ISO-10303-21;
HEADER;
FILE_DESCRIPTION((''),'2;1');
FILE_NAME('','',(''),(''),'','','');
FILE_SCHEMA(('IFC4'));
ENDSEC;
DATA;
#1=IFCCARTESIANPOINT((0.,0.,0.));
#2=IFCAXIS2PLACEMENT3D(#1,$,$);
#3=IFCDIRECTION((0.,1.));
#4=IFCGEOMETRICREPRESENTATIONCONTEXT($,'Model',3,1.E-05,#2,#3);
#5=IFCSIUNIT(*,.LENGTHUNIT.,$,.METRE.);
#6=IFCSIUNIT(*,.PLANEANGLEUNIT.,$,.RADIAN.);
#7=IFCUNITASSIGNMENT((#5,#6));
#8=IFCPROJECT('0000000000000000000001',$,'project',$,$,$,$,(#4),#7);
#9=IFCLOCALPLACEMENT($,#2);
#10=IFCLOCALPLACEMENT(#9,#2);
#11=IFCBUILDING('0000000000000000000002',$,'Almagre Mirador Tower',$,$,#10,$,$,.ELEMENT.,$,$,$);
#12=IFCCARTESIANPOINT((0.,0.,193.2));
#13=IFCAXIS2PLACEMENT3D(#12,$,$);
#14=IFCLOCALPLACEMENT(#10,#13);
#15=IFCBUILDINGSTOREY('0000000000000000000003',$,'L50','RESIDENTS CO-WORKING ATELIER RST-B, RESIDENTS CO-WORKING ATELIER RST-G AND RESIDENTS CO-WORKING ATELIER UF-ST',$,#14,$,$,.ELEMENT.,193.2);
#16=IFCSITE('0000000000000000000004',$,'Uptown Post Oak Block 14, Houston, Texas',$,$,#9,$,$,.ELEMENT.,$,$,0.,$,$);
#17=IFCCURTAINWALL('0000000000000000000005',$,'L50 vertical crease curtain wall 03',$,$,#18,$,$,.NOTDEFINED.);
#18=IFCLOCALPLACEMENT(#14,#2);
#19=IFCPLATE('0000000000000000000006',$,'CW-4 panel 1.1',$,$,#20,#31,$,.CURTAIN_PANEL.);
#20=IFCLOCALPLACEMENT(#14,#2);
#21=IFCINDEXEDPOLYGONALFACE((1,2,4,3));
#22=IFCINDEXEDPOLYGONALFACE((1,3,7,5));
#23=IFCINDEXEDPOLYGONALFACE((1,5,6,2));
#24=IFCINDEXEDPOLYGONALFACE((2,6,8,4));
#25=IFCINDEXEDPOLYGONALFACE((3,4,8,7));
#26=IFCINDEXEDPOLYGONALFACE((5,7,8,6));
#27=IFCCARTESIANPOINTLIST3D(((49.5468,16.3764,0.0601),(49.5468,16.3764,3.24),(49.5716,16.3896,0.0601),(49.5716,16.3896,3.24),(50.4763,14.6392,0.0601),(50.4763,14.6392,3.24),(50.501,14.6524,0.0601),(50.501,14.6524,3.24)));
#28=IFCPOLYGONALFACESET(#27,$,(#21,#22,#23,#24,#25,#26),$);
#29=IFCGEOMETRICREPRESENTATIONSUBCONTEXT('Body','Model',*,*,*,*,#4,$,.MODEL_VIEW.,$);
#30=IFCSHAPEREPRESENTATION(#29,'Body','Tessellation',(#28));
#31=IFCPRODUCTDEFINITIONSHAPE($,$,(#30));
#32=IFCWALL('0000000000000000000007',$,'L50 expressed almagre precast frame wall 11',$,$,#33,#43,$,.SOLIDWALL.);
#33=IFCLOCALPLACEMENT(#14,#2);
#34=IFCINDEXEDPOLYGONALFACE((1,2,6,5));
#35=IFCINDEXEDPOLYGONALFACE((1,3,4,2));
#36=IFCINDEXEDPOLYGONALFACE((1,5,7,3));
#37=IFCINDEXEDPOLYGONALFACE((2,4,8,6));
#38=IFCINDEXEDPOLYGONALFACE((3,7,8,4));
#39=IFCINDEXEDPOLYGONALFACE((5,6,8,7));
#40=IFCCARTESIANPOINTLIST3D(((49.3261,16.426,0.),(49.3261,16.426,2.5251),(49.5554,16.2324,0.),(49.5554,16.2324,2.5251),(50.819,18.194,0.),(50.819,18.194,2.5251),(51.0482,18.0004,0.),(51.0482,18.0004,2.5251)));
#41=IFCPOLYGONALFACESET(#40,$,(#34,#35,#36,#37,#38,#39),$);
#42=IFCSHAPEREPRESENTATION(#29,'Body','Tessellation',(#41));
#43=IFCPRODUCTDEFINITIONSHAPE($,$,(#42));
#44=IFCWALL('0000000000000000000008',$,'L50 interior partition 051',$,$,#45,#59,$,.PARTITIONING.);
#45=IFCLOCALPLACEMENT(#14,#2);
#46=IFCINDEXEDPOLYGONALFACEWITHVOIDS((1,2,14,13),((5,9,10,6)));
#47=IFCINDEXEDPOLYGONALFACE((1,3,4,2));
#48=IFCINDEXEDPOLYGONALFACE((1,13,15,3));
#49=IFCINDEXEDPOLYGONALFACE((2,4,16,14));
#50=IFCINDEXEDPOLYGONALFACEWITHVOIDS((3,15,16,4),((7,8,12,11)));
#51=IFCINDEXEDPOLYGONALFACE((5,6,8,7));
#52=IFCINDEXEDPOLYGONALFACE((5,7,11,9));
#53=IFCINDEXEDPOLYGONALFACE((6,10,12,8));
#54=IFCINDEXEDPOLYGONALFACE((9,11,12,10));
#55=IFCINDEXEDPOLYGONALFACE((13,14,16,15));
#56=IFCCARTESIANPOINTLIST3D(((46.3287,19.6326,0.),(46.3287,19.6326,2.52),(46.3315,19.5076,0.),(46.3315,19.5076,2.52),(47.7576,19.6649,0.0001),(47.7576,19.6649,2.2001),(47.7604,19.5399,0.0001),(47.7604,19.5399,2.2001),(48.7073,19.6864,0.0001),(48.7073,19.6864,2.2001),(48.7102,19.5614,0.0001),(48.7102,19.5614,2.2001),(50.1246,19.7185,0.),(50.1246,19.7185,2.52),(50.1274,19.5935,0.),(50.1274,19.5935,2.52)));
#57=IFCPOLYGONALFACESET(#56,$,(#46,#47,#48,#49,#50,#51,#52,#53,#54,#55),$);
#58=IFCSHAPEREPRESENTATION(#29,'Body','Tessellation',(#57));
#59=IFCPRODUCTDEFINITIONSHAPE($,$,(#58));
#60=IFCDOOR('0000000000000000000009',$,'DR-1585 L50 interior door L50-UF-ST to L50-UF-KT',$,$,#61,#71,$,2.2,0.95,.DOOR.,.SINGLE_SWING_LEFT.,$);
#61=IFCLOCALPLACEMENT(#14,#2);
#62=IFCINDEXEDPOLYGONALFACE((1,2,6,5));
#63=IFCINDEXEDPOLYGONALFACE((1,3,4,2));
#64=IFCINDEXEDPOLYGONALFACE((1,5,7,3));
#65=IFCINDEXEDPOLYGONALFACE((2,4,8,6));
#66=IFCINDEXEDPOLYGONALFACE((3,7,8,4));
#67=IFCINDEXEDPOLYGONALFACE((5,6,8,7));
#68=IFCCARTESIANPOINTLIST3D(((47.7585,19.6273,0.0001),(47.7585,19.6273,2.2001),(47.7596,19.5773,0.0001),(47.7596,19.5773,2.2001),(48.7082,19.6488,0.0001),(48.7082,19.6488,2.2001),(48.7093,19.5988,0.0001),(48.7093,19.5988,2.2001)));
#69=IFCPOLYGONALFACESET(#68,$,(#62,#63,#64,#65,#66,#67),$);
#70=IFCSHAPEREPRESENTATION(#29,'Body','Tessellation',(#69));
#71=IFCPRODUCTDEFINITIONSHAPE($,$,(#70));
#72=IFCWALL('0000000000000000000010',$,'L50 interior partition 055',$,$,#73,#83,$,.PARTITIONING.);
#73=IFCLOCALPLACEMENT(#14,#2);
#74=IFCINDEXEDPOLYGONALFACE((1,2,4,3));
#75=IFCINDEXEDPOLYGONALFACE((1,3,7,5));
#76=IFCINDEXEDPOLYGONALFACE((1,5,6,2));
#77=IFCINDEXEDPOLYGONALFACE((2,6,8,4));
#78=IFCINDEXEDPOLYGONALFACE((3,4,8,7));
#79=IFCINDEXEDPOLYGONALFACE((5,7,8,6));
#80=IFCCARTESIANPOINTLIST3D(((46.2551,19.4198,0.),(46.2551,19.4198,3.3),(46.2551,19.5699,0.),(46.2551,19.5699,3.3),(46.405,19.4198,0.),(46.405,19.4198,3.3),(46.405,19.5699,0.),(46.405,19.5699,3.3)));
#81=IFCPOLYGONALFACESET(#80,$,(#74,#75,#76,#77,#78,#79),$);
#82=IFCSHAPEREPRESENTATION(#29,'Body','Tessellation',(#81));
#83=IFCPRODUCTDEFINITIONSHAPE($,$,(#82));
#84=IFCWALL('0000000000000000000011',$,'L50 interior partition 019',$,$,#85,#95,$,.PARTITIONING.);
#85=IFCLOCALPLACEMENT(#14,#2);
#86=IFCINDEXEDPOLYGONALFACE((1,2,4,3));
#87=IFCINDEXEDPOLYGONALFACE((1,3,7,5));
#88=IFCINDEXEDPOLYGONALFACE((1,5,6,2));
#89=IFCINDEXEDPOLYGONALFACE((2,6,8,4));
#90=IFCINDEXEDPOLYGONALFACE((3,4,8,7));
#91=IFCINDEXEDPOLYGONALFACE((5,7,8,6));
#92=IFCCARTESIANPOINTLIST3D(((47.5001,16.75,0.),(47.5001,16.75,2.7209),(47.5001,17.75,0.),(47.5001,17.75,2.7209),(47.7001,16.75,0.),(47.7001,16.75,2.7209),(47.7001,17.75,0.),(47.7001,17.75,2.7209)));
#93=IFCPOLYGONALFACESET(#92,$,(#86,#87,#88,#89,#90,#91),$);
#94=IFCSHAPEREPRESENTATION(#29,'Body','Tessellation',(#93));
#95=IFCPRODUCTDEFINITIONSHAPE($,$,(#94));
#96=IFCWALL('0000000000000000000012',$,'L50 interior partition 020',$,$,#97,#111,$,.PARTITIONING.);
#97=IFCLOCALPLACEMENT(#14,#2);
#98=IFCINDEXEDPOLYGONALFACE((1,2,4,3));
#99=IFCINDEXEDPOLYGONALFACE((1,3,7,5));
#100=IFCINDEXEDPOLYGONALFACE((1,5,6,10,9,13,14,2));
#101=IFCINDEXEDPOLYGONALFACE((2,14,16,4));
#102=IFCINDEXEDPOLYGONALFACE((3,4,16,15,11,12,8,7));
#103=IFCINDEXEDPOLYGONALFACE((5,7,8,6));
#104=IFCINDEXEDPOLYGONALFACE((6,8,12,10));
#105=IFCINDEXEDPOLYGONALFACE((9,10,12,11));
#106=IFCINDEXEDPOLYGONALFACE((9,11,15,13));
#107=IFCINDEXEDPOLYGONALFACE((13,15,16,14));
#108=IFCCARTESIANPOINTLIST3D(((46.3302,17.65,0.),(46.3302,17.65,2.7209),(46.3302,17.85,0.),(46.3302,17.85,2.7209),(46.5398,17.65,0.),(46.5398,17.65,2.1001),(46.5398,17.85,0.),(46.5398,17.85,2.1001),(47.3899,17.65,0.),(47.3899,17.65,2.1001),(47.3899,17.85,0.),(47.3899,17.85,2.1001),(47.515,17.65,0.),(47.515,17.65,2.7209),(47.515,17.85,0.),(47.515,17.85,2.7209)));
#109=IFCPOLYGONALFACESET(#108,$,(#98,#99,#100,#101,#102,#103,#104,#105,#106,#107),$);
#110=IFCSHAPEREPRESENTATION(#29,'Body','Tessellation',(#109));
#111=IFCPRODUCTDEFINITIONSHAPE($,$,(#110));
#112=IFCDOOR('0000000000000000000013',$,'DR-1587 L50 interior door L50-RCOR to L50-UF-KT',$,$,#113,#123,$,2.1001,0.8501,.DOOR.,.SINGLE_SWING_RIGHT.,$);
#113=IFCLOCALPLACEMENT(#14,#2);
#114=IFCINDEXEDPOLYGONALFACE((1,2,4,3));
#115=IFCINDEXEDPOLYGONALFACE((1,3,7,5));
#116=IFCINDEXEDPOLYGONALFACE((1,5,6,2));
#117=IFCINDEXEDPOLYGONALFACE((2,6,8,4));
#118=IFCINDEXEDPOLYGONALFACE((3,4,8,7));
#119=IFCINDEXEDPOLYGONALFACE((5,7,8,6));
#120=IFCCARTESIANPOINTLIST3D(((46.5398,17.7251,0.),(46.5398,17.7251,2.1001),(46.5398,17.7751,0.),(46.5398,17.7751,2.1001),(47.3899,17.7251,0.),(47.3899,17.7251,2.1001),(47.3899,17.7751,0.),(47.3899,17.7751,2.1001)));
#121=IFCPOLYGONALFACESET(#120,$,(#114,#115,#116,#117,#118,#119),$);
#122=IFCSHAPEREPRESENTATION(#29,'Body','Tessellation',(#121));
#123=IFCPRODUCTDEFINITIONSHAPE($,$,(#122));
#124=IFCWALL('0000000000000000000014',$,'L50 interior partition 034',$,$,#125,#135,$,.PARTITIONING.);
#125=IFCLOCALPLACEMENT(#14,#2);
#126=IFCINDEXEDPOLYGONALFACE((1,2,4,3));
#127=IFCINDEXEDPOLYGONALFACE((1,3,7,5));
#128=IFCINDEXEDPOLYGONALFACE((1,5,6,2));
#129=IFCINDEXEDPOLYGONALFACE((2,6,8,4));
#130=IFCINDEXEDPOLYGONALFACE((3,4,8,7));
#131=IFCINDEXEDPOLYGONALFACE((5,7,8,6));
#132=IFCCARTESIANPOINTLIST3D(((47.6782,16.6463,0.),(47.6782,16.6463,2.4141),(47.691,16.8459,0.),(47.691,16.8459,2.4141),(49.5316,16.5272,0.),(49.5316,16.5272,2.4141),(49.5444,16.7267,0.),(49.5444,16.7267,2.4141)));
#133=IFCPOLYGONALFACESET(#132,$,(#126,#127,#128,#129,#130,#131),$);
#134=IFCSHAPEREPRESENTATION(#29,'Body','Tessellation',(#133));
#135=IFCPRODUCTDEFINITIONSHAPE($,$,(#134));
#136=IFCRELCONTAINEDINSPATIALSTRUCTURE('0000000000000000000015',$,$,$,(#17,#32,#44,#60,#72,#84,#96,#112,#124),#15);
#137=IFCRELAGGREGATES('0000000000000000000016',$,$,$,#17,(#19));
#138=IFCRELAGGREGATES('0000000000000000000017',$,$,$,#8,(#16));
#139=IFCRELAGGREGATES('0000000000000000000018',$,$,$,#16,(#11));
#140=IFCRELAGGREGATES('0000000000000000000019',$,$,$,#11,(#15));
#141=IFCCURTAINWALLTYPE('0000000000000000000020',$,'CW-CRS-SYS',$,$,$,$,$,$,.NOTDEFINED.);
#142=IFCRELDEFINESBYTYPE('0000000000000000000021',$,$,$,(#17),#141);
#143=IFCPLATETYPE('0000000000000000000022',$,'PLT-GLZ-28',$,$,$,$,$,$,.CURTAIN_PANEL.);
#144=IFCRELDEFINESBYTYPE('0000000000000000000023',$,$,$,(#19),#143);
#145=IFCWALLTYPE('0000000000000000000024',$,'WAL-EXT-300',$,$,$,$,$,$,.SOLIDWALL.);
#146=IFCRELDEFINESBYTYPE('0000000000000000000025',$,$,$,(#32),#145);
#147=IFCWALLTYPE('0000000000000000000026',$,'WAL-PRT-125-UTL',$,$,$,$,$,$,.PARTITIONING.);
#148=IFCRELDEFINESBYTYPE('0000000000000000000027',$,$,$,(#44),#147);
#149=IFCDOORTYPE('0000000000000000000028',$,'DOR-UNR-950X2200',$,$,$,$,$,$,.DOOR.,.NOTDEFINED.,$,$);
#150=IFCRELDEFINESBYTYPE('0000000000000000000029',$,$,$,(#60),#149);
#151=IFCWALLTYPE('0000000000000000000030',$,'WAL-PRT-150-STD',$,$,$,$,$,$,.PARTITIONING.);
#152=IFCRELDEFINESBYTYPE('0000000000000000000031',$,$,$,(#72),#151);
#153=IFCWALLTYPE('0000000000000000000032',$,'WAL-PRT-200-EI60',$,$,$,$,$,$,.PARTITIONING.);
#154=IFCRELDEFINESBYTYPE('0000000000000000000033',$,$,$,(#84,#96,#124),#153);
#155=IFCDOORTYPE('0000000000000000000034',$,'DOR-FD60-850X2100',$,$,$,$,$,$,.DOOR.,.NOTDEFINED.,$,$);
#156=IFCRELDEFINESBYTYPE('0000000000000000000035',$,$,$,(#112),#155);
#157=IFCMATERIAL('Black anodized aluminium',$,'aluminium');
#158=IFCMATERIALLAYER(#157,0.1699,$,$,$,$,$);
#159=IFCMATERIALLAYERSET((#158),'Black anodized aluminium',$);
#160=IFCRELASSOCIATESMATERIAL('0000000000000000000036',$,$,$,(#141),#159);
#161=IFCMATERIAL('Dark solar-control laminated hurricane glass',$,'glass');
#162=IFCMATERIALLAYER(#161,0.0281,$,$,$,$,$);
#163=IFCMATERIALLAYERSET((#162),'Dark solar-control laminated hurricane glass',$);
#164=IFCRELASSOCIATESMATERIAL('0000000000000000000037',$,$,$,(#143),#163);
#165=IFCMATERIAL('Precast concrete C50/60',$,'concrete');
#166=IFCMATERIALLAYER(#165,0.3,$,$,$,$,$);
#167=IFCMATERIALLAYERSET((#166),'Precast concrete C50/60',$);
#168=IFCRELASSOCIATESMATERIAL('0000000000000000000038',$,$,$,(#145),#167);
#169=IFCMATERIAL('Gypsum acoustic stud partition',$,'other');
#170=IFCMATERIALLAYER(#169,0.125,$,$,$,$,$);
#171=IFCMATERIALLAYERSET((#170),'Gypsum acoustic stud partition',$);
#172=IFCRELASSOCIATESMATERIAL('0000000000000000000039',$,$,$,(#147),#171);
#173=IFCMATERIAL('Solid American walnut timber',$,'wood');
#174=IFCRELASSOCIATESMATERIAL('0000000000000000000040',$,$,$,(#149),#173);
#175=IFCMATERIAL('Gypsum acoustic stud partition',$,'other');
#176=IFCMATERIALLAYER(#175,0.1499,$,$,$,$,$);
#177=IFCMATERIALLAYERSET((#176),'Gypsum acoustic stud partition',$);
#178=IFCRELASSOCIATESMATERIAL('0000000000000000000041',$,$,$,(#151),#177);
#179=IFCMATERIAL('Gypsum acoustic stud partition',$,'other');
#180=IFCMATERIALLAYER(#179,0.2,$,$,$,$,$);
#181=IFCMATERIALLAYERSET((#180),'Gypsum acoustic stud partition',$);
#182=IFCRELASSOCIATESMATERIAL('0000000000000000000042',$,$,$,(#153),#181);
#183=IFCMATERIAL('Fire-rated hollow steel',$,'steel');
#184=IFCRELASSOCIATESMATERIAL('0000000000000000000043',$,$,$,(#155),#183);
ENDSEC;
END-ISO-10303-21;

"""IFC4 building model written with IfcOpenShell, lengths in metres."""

from ifc_helpers import new_model, si_unit, direction, frame, frame_2d, origin, origin_2d, place, context, subcontext, project, spatial, rectangle, extrude, material, layer, layer_set, type_object, element, fill, aggregate, save


model = new_model("IFC4")

# Units and contexts
model_context = context("Model", 3, precision=1e-05, world=origin(), true_north=direction((0.0, 1.0)))
body_context = subcontext(model_context, "Body", "Model", "MODEL_VIEW")
ifc_project = project(units=[si_unit("LENGTHUNIT", "METRE"), si_unit("PLANEANGLEUNIT", "RADIAN")], contexts=[model_context])

# Site, building, storey
site_placement = place(None, origin())
site = spatial("IfcSite", under=ifc_project, at=site_placement, Name="Uptown Post Oak Block 14, Houston, Texas", CompositionType="ELEMENT", RefElevation=0.0)
building_placement = place(site_placement, origin())
building = spatial("IfcBuilding", under=site, at=building_placement, Name="Almagre Mirador Tower", CompositionType="ELEMENT")
storey_placement = place(building_placement, frame((0.0, 0.0, 193.2)))
storey = spatial("IfcBuildingStorey", under=building, at=storey_placement, Name="L50", Description="RESIDENTS CO-WORKING ATELIER RST-B, RESIDENTS CO-WORKING ATELIER RST-G AND RESIDENTS CO-WORKING ATELIER UF-ST", CompositionType="ELEMENT", Elevation=193.2)

# Curtain wall, plate
ifc_material_1 = material(Name="Black anodized aluminium", Category="aluminium")
ifc_layer_1 = layer(ifc_material_1, 0.1699)
ifc_layer_set_1 = layer_set([ifc_layer_1], Name="Black anodized aluminium")
curtain_wall_type = type_object("IfcCurtainWallType", Name="CW-CRS-SYS", PredefinedType="NOTDEFINED", material=ifc_layer_set_1)
curtain_wall_placement = place(storey_placement, origin())
curtain_wall = element("IfcCurtainWall", 1, at=curtain_wall_placement, inside=storey, type_object=curtain_wall_type, Name="L50 vertical crease curtain wall 03", PredefinedType="NOTDEFINED")
ifc_material_2 = material(Name="Dark solar-control laminated hurricane glass", Category="glass")
ifc_layer_2 = layer(ifc_material_2, 0.0281)
ifc_layer_set_2 = layer_set([ifc_layer_2], Name="Dark solar-control laminated hurricane glass")
plate_type = type_object("IfcPlateType", Name="PLT-GLZ-28", PredefinedType="CURTAIN_PANEL", material=ifc_layer_set_2)
plate_placement = place(storey_placement, frame((50.0239, 15.5144, 0.0601), z_axis=(0.0, 0.0, 1.0), x_axis=(0.47173, -0.881743, 0.0)))
plate = element("IfcPlate", 2, at=plate_placement, type_object=plate_type, Name="CW-4 panel 1.1", PredefinedType="CURTAIN_PANEL", context=body_context, shape_type="SweptSolid", body=[
    extrude(rectangle(XDim=1.9702, YDim=0.0281, at=origin_2d()), origin(), (0.0, 0.0, 1.0), 3.1799),
])
aggregate(curtain_wall, [plate])

# Wall
ifc_material_3 = material(Name="Precast concrete C50/60", Category="concrete")
ifc_layer_3 = layer(ifc_material_3, 0.3)
ifc_layer_set_3 = layer_set([ifc_layer_3], Name="Precast concrete C50/60")
wall_type_1 = type_object("IfcWallType", Name="WAL-EXT-300", PredefinedType="SOLIDWALL", material=ifc_layer_set_3)
wall_1_placement = place(storey_placement, frame((50.9336, 18.0972, 0.0), z_axis=(0.0, 0.0, 1.0), x_axis=(-0.645152, -0.764054, 0.0)))
element("IfcWall", 3, at=wall_1_placement, inside=storey, type_object=wall_type_1, Name="L50 expressed almagre precast frame wall 11", PredefinedType="SOLIDWALL", context=body_context, shape_type="SweptSolid", body=[
    extrude(rectangle(XDim=2.314, YDim=0.3, at=frame_2d((1.157, 0.0))), origin(), (0.0, 0.0, 1.0), 2.5251),
])

# Wall, opening, door
ifc_material_4 = material(Name="Gypsum acoustic stud partition", Category="other")
ifc_layer_4 = layer(ifc_material_4, 0.125)
ifc_layer_set_4 = layer_set([ifc_layer_4], Name="Gypsum acoustic stud partition")
wall_type_2 = type_object("IfcWallType", Name="WAL-PRT-125-UTL", PredefinedType="PARTITIONING", material=ifc_layer_set_4)
wall_2_placement = place(storey_placement, frame((46.3301, 19.5701, 0.0), z_axis=(0.0, 0.0, 1.0), x_axis=(0.999744, 0.022634, 0.0)))
wall_2 = element("IfcWall", 4, at=wall_2_placement, inside=storey, type_object=wall_type_2, Name="L50 interior partition 051", PredefinedType="PARTITIONING", context=body_context, shape_type="SweptSolid", body=[
    extrude(rectangle(XDim=3.7969, YDim=0.125, at=frame_2d((1.8984, 0.0))), origin(), (0.0, 0.0, 1.0), 2.52),
])
opening_1_placement = place(wall_2_placement, frame((1.4292, 0.0, 0.0)))
opening_1 = element("IfcOpeningElement", 5, at=opening_1_placement, cuts=wall_2, PredefinedType="OPENING", context=body_context, shape_type="SweptSolid", body=[
    extrude(rectangle(XDim=0.95, YDim=2.2, at=frame_2d((0.4751, 1.1001))), frame((0.0, 0.0725, 0.0), z_axis=(0.0, -1.0, 0.0), x_axis=(1.0, 0.0, 0.0)), (0.0, 0.0, 1.0), 0.145),
])
ifc_material_5 = material(Name="Solid American walnut timber", Category="wood")
door_type_1 = type_object("IfcDoorType", Name="DOR-UNR-950X2200", OperationType="NOTDEFINED", PredefinedType="DOOR", material=ifc_material_5)
door_1_placement = place(opening_1_placement, origin())
door_1 = element("IfcDoor", 6, at=door_1_placement, inside=storey, type_object=door_type_1, Name="DR-1585 L50 interior door L50-UF-ST to L50-UF-KT", OperationType="SINGLE_SWING_LEFT", OverallHeight=2.2, OverallWidth=0.95, PredefinedType="DOOR", context=body_context, shape_type="SweptSolid", body=[
    extrude(rectangle(XDim=0.95, YDim=2.2, at=frame_2d((0.4751, 1.1001))), frame((0.0, 0.0249, 0.0), z_axis=(0.0, -1.0, 0.0), x_axis=(1.0, 0.0, 0.0)), (0.0, 0.0, 1.0), 0.05),
])
fill(opening_1, door_1)

# Walls
ifc_material_6 = material(Name="Gypsum acoustic stud partition", Category="other")
ifc_layer_5 = layer(ifc_material_6, 0.1499)
ifc_layer_set_5 = layer_set([ifc_layer_5], Name="Gypsum acoustic stud partition")
wall_type_3 = type_object("IfcWallType", Name="WAL-PRT-150-STD", PredefinedType="PARTITIONING", material=ifc_layer_set_5)
wall_3_placement = place(storey_placement, frame((46.3301, 19.5701, 0.0), z_axis=(0.0, 0.0, 1.0), x_axis=(0.0, -1.0, 0.0)))
element("IfcWall", 7, at=wall_3_placement, inside=storey, type_object=wall_type_3, Name="L50 interior partition 055", PredefinedType="PARTITIONING", context=body_context, shape_type="SweptSolid", body=[
    extrude(rectangle(XDim=0.1501, YDim=0.1499, at=frame_2d((0.0752, 0.0))), origin(), (0.0, 0.0, 1.0), 3.3),
])
ifc_material_7 = material(Name="Gypsum acoustic stud partition", Category="other")
ifc_layer_6 = layer(ifc_material_7, 0.2)
ifc_layer_set_6 = layer_set([ifc_layer_6], Name="Gypsum acoustic stud partition")
wall_type_4 = type_object("IfcWallType", Name="WAL-PRT-200-EI60", PredefinedType="PARTITIONING", material=ifc_layer_set_6)
wall_4_placement = place(storey_placement, frame((47.6001, 16.75, 0.0), z_axis=(0.0, 0.0, 1.0), x_axis=(0.0, 1.0, 0.0)))
element("IfcWall", 8, at=wall_4_placement, inside=storey, type_object=wall_type_4, Name="L50 interior partition 019", PredefinedType="PARTITIONING", context=body_context, shape_type="SweptSolid", body=[
    extrude(rectangle(XDim=1.0, YDim=0.2, at=frame_2d((0.5, 0.0))), origin(), (0.0, 0.0, 1.0), 2.7209),
])

# Wall, opening, door
wall_5_placement = place(storey_placement, frame((47.5149, 17.75, 0.0), z_axis=(0.0, 0.0, 1.0), x_axis=(-1.0, 0.0, 0.0)))
wall_5 = element("IfcWall", 9, at=wall_5_placement, inside=storey, type_object=wall_type_4, Name="L50 interior partition 020", PredefinedType="PARTITIONING", context=body_context, shape_type="SweptSolid", body=[
    extrude(rectangle(XDim=1.1848, YDim=0.2, at=frame_2d((0.5923, 0.0))), origin(), (0.0, 0.0, 1.0), 2.7209),
])
opening_2_placement = place(wall_5_placement, frame((0.125, 0.0, 0.0)))
opening_2 = element("IfcOpeningElement", 10, at=opening_2_placement, cuts=wall_5, PredefinedType="OPENING", context=body_context, shape_type="SweptSolid", body=[
    extrude(rectangle(XDim=0.8501, YDim=2.1001, at=frame_2d((0.425, 1.05))), frame((0.0, 0.1101, 0.0), z_axis=(0.0, -1.0, 0.0), x_axis=(1.0, 0.0, 0.0)), (0.0, 0.0, 1.0), 0.22),
])
ifc_material_8 = material(Name="Fire-rated hollow steel", Category="steel")
door_type_2 = type_object("IfcDoorType", Name="DOR-FD60-850X2100", OperationType="NOTDEFINED", PredefinedType="DOOR", material=ifc_material_8)
door_2_placement = place(opening_2_placement, origin())
door_2 = element("IfcDoor", 11, at=door_2_placement, inside=storey, type_object=door_type_2, Name="DR-1587 L50 interior door L50-RCOR to L50-UF-KT", OperationType="SINGLE_SWING_RIGHT", OverallHeight=2.1001, OverallWidth=0.8501, PredefinedType="DOOR", context=body_context, shape_type="SweptSolid", body=[
    extrude(rectangle(XDim=0.8501, YDim=2.1001, at=frame_2d((0.425, 1.05))), frame((0.0, 0.0249, 0.0), z_axis=(0.0, -1.0, 0.0), x_axis=(1.0, 0.0, 0.0)), (0.0, 0.0, 1.0), 0.05),
])
fill(opening_2, door_2)

# Wall
wall_6_placement = place(storey_placement, frame((49.5381, 16.627, 0.0), z_axis=(0.0, 0.0, 1.0), x_axis=(-0.99794, 0.064154, 0.0)))
element("IfcWall", 12, at=wall_6_placement, inside=storey, type_object=wall_type_4, Name="L50 interior partition 034", PredefinedType="PARTITIONING", context=body_context, shape_type="SweptSolid", body=[
    extrude(rectangle(XDim=1.8572, YDim=0.2, at=frame_2d((0.9287, 0.0))), origin(), (0.0, 0.0, 1.0), 2.4141),
])

save(model, "model.ifc")
